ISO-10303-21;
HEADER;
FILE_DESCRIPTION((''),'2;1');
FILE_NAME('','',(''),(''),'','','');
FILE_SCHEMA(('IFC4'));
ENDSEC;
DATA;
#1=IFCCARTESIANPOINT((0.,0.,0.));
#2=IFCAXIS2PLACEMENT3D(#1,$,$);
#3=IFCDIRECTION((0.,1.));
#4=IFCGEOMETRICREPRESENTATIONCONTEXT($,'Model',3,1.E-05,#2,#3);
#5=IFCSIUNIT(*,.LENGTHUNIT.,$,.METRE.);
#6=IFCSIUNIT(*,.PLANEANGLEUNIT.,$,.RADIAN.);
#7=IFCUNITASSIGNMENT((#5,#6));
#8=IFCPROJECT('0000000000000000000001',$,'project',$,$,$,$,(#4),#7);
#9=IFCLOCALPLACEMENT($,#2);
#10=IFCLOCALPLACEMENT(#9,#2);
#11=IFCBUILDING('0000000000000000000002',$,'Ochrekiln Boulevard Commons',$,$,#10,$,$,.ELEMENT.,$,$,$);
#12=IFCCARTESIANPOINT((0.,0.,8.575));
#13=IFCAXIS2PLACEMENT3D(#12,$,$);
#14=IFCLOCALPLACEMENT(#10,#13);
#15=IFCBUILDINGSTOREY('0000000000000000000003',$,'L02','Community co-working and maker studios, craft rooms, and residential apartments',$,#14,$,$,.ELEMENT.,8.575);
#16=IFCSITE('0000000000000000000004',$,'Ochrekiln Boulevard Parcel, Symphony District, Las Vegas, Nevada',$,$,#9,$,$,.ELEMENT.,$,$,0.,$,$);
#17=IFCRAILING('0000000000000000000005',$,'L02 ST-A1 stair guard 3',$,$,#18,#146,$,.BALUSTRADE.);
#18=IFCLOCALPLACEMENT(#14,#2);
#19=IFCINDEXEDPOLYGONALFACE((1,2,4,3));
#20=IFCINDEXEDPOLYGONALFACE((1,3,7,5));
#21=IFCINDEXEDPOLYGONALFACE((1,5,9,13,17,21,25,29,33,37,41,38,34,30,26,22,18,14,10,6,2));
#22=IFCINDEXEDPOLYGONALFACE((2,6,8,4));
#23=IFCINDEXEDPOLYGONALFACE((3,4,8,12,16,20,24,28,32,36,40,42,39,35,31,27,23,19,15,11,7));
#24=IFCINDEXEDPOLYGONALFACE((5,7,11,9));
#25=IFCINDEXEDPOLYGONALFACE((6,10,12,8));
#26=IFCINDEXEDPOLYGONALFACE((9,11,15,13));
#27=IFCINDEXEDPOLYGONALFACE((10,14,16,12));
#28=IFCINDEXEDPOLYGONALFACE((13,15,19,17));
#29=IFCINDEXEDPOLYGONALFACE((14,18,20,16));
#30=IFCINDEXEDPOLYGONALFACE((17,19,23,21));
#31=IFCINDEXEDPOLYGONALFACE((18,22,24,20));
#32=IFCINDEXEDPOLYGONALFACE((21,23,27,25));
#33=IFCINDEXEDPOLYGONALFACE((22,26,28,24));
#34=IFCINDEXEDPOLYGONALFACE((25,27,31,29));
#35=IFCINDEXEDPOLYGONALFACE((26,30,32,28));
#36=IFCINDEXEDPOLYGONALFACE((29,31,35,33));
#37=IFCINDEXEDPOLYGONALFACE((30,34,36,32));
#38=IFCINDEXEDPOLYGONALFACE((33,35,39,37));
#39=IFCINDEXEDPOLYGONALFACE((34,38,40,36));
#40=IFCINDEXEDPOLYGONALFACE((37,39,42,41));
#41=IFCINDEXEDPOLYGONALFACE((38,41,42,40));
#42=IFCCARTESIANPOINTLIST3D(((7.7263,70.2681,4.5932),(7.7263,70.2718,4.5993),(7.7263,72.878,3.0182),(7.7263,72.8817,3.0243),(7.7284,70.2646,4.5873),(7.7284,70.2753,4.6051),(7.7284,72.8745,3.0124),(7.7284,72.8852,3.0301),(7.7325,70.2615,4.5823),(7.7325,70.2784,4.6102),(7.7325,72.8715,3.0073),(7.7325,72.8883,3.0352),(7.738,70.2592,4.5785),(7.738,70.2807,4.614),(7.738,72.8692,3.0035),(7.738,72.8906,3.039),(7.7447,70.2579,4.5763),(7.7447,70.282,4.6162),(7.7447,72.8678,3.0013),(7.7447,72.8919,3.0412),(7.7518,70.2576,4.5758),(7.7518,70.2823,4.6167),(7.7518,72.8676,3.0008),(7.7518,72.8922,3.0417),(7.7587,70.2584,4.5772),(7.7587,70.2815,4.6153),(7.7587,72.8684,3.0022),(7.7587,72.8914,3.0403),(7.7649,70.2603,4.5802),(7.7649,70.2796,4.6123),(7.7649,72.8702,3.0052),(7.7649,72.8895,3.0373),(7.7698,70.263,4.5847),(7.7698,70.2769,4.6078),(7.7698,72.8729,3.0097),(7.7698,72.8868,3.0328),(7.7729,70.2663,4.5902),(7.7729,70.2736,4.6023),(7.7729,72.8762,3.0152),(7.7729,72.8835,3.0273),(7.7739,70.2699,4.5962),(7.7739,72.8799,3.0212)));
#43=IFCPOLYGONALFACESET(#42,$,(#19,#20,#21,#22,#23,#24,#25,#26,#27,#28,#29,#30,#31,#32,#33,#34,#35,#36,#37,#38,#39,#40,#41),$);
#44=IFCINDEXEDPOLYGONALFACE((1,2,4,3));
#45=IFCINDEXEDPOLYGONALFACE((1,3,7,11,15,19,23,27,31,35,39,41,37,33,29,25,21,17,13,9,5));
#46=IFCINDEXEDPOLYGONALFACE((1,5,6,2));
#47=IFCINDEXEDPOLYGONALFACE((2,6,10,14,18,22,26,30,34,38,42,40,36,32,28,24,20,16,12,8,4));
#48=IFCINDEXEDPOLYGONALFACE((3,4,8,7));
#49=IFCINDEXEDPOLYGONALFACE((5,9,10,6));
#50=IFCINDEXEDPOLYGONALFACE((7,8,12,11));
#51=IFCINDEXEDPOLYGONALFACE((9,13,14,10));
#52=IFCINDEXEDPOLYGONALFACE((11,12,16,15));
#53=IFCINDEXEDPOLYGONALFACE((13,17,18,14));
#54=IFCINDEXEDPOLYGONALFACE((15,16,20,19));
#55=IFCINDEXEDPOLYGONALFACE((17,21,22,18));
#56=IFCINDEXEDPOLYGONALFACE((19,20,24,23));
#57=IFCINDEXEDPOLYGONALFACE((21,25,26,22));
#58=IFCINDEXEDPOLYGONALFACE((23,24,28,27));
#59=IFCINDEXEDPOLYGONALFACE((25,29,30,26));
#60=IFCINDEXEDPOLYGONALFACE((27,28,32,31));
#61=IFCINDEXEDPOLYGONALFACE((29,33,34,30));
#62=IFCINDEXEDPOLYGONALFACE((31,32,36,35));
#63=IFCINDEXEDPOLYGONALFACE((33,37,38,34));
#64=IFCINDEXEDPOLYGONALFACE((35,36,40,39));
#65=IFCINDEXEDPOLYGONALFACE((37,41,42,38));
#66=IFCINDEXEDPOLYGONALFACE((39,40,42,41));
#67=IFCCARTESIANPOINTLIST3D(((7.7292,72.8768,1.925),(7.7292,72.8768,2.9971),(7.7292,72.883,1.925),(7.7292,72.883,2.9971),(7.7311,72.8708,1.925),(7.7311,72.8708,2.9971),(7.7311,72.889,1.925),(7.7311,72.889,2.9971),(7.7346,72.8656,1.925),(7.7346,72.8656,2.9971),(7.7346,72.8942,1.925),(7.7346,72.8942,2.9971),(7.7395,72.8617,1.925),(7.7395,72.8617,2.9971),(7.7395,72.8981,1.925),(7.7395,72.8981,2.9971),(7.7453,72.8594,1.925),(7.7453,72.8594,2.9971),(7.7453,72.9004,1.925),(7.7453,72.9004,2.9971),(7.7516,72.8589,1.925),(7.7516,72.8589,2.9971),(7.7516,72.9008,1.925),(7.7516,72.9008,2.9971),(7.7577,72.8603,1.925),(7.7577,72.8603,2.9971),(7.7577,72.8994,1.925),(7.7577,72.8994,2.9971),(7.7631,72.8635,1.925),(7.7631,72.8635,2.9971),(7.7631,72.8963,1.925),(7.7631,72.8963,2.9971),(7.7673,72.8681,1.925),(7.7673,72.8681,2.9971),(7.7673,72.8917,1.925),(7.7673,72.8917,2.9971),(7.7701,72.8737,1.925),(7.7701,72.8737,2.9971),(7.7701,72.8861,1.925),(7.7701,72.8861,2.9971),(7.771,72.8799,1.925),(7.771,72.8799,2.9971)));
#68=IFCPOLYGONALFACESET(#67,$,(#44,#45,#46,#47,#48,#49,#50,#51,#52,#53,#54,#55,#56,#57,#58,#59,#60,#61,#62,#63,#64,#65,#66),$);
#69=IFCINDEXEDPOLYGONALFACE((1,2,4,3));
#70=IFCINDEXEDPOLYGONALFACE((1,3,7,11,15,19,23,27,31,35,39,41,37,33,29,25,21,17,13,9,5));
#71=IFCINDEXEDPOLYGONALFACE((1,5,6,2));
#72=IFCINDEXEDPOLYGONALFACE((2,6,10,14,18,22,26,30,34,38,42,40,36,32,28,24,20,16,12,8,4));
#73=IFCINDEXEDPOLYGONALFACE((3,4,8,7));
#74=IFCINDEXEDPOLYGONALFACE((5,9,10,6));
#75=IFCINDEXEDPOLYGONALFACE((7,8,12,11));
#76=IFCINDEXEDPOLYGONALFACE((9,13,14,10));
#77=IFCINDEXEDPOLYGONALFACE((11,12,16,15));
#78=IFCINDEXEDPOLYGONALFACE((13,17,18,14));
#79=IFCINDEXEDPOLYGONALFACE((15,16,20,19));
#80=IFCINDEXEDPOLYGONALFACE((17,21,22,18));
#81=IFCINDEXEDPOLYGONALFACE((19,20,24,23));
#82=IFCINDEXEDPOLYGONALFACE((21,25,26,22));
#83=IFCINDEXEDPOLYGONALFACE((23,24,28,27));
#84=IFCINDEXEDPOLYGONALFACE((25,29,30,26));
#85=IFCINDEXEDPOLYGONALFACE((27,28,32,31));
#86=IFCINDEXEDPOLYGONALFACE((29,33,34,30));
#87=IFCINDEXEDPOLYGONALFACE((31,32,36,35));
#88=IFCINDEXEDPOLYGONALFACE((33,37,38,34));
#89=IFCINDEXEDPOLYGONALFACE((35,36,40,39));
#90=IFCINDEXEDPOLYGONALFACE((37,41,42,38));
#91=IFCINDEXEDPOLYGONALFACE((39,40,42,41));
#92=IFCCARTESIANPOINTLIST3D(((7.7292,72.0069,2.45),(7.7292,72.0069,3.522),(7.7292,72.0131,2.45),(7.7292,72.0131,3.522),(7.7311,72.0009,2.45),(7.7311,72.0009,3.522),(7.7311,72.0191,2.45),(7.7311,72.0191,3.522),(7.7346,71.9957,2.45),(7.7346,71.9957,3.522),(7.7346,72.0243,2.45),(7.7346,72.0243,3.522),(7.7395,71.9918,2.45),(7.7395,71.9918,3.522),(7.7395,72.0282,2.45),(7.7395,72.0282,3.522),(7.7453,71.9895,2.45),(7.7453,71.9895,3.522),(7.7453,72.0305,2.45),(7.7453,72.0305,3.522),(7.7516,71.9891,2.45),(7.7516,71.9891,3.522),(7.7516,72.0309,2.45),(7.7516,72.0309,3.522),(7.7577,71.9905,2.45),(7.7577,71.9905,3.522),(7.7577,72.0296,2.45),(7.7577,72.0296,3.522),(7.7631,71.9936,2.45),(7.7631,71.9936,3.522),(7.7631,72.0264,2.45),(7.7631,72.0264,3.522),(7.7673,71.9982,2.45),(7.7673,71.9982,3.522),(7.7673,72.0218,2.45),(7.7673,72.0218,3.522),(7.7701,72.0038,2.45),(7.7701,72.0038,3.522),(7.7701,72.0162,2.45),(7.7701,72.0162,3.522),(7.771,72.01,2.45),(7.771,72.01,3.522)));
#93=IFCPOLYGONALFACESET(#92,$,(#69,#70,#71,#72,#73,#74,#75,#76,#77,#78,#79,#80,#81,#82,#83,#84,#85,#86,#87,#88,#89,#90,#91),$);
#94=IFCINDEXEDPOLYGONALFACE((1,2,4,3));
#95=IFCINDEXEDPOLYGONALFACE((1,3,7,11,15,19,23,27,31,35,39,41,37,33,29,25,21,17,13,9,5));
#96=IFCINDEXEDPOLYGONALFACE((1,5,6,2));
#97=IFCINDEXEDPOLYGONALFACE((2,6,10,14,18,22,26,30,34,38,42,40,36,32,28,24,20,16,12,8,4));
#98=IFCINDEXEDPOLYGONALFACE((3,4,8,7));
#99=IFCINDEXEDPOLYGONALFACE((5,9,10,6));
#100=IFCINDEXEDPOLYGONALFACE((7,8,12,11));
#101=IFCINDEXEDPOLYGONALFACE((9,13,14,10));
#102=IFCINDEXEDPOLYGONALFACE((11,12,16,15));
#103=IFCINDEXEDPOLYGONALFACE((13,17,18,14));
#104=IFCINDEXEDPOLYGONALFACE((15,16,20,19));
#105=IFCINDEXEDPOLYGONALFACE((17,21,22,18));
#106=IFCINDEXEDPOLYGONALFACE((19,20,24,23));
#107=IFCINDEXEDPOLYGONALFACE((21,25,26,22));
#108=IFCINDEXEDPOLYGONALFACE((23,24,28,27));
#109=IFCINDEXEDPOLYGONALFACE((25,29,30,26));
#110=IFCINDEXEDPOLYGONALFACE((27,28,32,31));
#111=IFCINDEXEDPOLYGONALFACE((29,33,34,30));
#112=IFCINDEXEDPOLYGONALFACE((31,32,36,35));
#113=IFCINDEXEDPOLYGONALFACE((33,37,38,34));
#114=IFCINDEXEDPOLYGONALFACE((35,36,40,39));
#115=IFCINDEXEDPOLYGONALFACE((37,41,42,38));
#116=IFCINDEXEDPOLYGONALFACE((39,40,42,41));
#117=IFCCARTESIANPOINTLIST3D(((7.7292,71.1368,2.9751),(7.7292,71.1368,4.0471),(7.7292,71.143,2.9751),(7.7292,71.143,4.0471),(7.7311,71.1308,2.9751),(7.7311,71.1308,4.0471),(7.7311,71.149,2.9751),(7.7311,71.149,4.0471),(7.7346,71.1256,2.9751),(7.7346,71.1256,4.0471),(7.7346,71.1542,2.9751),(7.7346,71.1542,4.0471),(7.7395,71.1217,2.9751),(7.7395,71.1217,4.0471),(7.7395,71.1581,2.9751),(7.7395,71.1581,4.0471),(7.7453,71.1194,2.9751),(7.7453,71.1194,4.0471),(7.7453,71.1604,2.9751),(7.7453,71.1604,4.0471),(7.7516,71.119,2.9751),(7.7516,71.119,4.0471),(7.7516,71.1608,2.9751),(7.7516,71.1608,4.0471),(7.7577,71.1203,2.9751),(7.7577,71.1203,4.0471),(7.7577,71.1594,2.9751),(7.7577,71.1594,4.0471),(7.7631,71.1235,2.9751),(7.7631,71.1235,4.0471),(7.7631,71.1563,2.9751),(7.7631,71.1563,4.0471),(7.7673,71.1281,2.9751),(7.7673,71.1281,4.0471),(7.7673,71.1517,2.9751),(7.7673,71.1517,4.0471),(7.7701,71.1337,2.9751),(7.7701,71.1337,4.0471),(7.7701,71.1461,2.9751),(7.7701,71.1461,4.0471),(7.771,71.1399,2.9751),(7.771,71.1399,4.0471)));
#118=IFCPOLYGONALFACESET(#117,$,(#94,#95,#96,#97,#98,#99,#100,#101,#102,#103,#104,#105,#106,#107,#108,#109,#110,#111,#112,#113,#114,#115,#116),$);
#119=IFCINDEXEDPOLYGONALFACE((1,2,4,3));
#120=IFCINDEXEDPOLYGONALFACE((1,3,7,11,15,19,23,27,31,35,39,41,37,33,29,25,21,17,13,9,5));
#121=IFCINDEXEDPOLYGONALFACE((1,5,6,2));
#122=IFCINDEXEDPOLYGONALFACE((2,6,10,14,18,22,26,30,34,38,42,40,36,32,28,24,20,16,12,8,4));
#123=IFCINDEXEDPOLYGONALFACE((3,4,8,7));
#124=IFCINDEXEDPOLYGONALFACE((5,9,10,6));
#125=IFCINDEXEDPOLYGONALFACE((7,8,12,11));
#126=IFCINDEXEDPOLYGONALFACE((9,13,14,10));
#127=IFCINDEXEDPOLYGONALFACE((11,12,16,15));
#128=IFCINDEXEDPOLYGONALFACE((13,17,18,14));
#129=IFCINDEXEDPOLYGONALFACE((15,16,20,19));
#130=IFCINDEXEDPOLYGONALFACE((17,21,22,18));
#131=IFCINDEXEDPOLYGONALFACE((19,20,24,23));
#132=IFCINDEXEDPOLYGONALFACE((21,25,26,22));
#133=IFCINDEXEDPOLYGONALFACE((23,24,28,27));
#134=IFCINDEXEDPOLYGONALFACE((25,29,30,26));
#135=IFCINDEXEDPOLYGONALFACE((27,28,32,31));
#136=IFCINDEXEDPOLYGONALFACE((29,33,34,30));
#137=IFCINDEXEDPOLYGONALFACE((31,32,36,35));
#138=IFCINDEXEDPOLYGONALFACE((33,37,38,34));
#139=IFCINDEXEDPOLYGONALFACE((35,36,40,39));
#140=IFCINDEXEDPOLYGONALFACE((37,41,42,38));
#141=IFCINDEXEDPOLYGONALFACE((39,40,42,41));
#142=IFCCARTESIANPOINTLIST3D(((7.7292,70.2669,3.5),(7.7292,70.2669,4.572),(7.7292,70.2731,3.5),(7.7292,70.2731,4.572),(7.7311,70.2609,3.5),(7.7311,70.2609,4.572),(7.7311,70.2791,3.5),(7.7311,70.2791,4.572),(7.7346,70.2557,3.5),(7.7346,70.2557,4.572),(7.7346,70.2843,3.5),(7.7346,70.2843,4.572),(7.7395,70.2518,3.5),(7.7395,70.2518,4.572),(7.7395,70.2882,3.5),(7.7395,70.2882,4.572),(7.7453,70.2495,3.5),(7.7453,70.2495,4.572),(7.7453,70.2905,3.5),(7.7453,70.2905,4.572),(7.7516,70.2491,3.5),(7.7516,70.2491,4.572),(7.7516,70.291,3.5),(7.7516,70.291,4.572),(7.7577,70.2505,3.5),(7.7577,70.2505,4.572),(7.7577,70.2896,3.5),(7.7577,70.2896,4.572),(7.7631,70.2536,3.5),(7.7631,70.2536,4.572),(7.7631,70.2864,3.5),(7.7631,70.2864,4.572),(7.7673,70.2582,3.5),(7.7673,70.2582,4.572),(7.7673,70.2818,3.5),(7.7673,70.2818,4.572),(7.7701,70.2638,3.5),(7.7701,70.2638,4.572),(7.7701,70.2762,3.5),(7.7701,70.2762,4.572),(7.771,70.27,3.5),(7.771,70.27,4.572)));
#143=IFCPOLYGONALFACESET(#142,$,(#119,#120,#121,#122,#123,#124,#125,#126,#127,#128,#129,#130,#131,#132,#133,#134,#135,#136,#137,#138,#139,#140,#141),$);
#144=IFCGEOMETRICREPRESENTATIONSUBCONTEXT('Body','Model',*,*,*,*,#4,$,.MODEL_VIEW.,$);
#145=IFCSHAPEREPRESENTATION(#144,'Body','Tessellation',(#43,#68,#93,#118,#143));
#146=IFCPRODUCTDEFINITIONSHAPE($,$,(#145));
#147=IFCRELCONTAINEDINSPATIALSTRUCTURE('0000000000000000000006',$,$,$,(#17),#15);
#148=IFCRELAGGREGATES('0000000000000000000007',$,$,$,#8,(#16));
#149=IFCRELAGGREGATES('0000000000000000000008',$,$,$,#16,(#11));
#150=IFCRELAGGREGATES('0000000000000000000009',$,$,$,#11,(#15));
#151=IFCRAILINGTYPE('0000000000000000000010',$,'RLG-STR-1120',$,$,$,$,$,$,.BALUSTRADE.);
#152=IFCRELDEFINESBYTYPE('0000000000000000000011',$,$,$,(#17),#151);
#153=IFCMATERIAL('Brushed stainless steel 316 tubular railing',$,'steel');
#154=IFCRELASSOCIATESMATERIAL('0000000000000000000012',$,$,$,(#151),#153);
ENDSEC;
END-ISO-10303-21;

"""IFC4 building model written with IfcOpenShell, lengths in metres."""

from ifc_helpers import new_model, si_unit, direction, frame, origin, origin_2d, place, context, subcontext, project, spatial, circle, extrude, material, type_object, element, save


model = new_model("IFC4")

# Units and contexts
model_context = context("Model", 3, precision=1e-05, world=origin(), true_north=direction((0.0, 1.0)))
body_context = subcontext(model_context, "Body", "Model", "MODEL_VIEW")
ifc_project = project(units=[si_unit("LENGTHUNIT", "METRE"), si_unit("PLANEANGLEUNIT", "RADIAN")], contexts=[model_context])

# Site, building, storey
site_placement = place(None, origin())
site = spatial("IfcSite", under=ifc_project, at=site_placement, Name="Ochrekiln Boulevard Parcel, Symphony District, Las Vegas, Nevada", CompositionType="ELEMENT", RefElevation=0.0)
building_placement = place(site_placement, origin())
building = spatial("IfcBuilding", under=site, at=building_placement, Name="Ochrekiln Boulevard Commons", CompositionType="ELEMENT")
storey_placement = place(building_placement, frame((0.0, 0.0, 8.575)))
storey = spatial("IfcBuildingStorey", under=building, at=storey_placement, Name="L02", Description="Community co-working and maker studios, craft rooms, and residential apartments", CompositionType="ELEMENT", Elevation=8.575)

# Railing
ifc_material_1 = material(Name="Brushed stainless steel 316 tubular railing", Category="steel")
railing_type_1 = type_object("IfcRailingType", Name="RLG-STR-1120", PredefinedType="BALUSTRADE", material=ifc_material_1)
railing_1_placement = place(storey_placement, frame((7.75, 72.8799, 1.925)))
element("IfcRailing", 1, at=railing_1_placement, inside=storey, type_object=railing_type_1, Name="L02 ST-A1 stair guard 3", PredefinedType="BALUSTRADE", context=body_context, shape_type="SweptSolid", body=[
    extrude(circle(Radius=0.0239, at=origin_2d()), frame((0.0, 0.0, 1.0962), z_axis=(0.0, -0.856183, 0.516673), x_axis=(1.0, 0.0, 0.0)), (0.0, 0.0, 1.0), 3.0483),
    extrude(circle(Radius=0.021, at=origin_2d()), origin(), (0.0, 0.0, 1.0), 1.072),
    extrude(circle(Radius=0.021, at=origin_2d()), frame((0.0, -0.8699, 0.5249)), (0.0, 0.0, 1.0), 1.072),
    extrude(circle(Radius=0.021, at=origin_2d()), frame((0.0, -1.74, 1.05)), (0.0, 0.0, 1.0), 1.072),
    extrude(circle(Radius=0.021, at=origin_2d()), frame((0.0, -2.6099, 1.575)), (0.0, 0.0, 1.0), 1.072),
])

save(model, "model.ifc")
